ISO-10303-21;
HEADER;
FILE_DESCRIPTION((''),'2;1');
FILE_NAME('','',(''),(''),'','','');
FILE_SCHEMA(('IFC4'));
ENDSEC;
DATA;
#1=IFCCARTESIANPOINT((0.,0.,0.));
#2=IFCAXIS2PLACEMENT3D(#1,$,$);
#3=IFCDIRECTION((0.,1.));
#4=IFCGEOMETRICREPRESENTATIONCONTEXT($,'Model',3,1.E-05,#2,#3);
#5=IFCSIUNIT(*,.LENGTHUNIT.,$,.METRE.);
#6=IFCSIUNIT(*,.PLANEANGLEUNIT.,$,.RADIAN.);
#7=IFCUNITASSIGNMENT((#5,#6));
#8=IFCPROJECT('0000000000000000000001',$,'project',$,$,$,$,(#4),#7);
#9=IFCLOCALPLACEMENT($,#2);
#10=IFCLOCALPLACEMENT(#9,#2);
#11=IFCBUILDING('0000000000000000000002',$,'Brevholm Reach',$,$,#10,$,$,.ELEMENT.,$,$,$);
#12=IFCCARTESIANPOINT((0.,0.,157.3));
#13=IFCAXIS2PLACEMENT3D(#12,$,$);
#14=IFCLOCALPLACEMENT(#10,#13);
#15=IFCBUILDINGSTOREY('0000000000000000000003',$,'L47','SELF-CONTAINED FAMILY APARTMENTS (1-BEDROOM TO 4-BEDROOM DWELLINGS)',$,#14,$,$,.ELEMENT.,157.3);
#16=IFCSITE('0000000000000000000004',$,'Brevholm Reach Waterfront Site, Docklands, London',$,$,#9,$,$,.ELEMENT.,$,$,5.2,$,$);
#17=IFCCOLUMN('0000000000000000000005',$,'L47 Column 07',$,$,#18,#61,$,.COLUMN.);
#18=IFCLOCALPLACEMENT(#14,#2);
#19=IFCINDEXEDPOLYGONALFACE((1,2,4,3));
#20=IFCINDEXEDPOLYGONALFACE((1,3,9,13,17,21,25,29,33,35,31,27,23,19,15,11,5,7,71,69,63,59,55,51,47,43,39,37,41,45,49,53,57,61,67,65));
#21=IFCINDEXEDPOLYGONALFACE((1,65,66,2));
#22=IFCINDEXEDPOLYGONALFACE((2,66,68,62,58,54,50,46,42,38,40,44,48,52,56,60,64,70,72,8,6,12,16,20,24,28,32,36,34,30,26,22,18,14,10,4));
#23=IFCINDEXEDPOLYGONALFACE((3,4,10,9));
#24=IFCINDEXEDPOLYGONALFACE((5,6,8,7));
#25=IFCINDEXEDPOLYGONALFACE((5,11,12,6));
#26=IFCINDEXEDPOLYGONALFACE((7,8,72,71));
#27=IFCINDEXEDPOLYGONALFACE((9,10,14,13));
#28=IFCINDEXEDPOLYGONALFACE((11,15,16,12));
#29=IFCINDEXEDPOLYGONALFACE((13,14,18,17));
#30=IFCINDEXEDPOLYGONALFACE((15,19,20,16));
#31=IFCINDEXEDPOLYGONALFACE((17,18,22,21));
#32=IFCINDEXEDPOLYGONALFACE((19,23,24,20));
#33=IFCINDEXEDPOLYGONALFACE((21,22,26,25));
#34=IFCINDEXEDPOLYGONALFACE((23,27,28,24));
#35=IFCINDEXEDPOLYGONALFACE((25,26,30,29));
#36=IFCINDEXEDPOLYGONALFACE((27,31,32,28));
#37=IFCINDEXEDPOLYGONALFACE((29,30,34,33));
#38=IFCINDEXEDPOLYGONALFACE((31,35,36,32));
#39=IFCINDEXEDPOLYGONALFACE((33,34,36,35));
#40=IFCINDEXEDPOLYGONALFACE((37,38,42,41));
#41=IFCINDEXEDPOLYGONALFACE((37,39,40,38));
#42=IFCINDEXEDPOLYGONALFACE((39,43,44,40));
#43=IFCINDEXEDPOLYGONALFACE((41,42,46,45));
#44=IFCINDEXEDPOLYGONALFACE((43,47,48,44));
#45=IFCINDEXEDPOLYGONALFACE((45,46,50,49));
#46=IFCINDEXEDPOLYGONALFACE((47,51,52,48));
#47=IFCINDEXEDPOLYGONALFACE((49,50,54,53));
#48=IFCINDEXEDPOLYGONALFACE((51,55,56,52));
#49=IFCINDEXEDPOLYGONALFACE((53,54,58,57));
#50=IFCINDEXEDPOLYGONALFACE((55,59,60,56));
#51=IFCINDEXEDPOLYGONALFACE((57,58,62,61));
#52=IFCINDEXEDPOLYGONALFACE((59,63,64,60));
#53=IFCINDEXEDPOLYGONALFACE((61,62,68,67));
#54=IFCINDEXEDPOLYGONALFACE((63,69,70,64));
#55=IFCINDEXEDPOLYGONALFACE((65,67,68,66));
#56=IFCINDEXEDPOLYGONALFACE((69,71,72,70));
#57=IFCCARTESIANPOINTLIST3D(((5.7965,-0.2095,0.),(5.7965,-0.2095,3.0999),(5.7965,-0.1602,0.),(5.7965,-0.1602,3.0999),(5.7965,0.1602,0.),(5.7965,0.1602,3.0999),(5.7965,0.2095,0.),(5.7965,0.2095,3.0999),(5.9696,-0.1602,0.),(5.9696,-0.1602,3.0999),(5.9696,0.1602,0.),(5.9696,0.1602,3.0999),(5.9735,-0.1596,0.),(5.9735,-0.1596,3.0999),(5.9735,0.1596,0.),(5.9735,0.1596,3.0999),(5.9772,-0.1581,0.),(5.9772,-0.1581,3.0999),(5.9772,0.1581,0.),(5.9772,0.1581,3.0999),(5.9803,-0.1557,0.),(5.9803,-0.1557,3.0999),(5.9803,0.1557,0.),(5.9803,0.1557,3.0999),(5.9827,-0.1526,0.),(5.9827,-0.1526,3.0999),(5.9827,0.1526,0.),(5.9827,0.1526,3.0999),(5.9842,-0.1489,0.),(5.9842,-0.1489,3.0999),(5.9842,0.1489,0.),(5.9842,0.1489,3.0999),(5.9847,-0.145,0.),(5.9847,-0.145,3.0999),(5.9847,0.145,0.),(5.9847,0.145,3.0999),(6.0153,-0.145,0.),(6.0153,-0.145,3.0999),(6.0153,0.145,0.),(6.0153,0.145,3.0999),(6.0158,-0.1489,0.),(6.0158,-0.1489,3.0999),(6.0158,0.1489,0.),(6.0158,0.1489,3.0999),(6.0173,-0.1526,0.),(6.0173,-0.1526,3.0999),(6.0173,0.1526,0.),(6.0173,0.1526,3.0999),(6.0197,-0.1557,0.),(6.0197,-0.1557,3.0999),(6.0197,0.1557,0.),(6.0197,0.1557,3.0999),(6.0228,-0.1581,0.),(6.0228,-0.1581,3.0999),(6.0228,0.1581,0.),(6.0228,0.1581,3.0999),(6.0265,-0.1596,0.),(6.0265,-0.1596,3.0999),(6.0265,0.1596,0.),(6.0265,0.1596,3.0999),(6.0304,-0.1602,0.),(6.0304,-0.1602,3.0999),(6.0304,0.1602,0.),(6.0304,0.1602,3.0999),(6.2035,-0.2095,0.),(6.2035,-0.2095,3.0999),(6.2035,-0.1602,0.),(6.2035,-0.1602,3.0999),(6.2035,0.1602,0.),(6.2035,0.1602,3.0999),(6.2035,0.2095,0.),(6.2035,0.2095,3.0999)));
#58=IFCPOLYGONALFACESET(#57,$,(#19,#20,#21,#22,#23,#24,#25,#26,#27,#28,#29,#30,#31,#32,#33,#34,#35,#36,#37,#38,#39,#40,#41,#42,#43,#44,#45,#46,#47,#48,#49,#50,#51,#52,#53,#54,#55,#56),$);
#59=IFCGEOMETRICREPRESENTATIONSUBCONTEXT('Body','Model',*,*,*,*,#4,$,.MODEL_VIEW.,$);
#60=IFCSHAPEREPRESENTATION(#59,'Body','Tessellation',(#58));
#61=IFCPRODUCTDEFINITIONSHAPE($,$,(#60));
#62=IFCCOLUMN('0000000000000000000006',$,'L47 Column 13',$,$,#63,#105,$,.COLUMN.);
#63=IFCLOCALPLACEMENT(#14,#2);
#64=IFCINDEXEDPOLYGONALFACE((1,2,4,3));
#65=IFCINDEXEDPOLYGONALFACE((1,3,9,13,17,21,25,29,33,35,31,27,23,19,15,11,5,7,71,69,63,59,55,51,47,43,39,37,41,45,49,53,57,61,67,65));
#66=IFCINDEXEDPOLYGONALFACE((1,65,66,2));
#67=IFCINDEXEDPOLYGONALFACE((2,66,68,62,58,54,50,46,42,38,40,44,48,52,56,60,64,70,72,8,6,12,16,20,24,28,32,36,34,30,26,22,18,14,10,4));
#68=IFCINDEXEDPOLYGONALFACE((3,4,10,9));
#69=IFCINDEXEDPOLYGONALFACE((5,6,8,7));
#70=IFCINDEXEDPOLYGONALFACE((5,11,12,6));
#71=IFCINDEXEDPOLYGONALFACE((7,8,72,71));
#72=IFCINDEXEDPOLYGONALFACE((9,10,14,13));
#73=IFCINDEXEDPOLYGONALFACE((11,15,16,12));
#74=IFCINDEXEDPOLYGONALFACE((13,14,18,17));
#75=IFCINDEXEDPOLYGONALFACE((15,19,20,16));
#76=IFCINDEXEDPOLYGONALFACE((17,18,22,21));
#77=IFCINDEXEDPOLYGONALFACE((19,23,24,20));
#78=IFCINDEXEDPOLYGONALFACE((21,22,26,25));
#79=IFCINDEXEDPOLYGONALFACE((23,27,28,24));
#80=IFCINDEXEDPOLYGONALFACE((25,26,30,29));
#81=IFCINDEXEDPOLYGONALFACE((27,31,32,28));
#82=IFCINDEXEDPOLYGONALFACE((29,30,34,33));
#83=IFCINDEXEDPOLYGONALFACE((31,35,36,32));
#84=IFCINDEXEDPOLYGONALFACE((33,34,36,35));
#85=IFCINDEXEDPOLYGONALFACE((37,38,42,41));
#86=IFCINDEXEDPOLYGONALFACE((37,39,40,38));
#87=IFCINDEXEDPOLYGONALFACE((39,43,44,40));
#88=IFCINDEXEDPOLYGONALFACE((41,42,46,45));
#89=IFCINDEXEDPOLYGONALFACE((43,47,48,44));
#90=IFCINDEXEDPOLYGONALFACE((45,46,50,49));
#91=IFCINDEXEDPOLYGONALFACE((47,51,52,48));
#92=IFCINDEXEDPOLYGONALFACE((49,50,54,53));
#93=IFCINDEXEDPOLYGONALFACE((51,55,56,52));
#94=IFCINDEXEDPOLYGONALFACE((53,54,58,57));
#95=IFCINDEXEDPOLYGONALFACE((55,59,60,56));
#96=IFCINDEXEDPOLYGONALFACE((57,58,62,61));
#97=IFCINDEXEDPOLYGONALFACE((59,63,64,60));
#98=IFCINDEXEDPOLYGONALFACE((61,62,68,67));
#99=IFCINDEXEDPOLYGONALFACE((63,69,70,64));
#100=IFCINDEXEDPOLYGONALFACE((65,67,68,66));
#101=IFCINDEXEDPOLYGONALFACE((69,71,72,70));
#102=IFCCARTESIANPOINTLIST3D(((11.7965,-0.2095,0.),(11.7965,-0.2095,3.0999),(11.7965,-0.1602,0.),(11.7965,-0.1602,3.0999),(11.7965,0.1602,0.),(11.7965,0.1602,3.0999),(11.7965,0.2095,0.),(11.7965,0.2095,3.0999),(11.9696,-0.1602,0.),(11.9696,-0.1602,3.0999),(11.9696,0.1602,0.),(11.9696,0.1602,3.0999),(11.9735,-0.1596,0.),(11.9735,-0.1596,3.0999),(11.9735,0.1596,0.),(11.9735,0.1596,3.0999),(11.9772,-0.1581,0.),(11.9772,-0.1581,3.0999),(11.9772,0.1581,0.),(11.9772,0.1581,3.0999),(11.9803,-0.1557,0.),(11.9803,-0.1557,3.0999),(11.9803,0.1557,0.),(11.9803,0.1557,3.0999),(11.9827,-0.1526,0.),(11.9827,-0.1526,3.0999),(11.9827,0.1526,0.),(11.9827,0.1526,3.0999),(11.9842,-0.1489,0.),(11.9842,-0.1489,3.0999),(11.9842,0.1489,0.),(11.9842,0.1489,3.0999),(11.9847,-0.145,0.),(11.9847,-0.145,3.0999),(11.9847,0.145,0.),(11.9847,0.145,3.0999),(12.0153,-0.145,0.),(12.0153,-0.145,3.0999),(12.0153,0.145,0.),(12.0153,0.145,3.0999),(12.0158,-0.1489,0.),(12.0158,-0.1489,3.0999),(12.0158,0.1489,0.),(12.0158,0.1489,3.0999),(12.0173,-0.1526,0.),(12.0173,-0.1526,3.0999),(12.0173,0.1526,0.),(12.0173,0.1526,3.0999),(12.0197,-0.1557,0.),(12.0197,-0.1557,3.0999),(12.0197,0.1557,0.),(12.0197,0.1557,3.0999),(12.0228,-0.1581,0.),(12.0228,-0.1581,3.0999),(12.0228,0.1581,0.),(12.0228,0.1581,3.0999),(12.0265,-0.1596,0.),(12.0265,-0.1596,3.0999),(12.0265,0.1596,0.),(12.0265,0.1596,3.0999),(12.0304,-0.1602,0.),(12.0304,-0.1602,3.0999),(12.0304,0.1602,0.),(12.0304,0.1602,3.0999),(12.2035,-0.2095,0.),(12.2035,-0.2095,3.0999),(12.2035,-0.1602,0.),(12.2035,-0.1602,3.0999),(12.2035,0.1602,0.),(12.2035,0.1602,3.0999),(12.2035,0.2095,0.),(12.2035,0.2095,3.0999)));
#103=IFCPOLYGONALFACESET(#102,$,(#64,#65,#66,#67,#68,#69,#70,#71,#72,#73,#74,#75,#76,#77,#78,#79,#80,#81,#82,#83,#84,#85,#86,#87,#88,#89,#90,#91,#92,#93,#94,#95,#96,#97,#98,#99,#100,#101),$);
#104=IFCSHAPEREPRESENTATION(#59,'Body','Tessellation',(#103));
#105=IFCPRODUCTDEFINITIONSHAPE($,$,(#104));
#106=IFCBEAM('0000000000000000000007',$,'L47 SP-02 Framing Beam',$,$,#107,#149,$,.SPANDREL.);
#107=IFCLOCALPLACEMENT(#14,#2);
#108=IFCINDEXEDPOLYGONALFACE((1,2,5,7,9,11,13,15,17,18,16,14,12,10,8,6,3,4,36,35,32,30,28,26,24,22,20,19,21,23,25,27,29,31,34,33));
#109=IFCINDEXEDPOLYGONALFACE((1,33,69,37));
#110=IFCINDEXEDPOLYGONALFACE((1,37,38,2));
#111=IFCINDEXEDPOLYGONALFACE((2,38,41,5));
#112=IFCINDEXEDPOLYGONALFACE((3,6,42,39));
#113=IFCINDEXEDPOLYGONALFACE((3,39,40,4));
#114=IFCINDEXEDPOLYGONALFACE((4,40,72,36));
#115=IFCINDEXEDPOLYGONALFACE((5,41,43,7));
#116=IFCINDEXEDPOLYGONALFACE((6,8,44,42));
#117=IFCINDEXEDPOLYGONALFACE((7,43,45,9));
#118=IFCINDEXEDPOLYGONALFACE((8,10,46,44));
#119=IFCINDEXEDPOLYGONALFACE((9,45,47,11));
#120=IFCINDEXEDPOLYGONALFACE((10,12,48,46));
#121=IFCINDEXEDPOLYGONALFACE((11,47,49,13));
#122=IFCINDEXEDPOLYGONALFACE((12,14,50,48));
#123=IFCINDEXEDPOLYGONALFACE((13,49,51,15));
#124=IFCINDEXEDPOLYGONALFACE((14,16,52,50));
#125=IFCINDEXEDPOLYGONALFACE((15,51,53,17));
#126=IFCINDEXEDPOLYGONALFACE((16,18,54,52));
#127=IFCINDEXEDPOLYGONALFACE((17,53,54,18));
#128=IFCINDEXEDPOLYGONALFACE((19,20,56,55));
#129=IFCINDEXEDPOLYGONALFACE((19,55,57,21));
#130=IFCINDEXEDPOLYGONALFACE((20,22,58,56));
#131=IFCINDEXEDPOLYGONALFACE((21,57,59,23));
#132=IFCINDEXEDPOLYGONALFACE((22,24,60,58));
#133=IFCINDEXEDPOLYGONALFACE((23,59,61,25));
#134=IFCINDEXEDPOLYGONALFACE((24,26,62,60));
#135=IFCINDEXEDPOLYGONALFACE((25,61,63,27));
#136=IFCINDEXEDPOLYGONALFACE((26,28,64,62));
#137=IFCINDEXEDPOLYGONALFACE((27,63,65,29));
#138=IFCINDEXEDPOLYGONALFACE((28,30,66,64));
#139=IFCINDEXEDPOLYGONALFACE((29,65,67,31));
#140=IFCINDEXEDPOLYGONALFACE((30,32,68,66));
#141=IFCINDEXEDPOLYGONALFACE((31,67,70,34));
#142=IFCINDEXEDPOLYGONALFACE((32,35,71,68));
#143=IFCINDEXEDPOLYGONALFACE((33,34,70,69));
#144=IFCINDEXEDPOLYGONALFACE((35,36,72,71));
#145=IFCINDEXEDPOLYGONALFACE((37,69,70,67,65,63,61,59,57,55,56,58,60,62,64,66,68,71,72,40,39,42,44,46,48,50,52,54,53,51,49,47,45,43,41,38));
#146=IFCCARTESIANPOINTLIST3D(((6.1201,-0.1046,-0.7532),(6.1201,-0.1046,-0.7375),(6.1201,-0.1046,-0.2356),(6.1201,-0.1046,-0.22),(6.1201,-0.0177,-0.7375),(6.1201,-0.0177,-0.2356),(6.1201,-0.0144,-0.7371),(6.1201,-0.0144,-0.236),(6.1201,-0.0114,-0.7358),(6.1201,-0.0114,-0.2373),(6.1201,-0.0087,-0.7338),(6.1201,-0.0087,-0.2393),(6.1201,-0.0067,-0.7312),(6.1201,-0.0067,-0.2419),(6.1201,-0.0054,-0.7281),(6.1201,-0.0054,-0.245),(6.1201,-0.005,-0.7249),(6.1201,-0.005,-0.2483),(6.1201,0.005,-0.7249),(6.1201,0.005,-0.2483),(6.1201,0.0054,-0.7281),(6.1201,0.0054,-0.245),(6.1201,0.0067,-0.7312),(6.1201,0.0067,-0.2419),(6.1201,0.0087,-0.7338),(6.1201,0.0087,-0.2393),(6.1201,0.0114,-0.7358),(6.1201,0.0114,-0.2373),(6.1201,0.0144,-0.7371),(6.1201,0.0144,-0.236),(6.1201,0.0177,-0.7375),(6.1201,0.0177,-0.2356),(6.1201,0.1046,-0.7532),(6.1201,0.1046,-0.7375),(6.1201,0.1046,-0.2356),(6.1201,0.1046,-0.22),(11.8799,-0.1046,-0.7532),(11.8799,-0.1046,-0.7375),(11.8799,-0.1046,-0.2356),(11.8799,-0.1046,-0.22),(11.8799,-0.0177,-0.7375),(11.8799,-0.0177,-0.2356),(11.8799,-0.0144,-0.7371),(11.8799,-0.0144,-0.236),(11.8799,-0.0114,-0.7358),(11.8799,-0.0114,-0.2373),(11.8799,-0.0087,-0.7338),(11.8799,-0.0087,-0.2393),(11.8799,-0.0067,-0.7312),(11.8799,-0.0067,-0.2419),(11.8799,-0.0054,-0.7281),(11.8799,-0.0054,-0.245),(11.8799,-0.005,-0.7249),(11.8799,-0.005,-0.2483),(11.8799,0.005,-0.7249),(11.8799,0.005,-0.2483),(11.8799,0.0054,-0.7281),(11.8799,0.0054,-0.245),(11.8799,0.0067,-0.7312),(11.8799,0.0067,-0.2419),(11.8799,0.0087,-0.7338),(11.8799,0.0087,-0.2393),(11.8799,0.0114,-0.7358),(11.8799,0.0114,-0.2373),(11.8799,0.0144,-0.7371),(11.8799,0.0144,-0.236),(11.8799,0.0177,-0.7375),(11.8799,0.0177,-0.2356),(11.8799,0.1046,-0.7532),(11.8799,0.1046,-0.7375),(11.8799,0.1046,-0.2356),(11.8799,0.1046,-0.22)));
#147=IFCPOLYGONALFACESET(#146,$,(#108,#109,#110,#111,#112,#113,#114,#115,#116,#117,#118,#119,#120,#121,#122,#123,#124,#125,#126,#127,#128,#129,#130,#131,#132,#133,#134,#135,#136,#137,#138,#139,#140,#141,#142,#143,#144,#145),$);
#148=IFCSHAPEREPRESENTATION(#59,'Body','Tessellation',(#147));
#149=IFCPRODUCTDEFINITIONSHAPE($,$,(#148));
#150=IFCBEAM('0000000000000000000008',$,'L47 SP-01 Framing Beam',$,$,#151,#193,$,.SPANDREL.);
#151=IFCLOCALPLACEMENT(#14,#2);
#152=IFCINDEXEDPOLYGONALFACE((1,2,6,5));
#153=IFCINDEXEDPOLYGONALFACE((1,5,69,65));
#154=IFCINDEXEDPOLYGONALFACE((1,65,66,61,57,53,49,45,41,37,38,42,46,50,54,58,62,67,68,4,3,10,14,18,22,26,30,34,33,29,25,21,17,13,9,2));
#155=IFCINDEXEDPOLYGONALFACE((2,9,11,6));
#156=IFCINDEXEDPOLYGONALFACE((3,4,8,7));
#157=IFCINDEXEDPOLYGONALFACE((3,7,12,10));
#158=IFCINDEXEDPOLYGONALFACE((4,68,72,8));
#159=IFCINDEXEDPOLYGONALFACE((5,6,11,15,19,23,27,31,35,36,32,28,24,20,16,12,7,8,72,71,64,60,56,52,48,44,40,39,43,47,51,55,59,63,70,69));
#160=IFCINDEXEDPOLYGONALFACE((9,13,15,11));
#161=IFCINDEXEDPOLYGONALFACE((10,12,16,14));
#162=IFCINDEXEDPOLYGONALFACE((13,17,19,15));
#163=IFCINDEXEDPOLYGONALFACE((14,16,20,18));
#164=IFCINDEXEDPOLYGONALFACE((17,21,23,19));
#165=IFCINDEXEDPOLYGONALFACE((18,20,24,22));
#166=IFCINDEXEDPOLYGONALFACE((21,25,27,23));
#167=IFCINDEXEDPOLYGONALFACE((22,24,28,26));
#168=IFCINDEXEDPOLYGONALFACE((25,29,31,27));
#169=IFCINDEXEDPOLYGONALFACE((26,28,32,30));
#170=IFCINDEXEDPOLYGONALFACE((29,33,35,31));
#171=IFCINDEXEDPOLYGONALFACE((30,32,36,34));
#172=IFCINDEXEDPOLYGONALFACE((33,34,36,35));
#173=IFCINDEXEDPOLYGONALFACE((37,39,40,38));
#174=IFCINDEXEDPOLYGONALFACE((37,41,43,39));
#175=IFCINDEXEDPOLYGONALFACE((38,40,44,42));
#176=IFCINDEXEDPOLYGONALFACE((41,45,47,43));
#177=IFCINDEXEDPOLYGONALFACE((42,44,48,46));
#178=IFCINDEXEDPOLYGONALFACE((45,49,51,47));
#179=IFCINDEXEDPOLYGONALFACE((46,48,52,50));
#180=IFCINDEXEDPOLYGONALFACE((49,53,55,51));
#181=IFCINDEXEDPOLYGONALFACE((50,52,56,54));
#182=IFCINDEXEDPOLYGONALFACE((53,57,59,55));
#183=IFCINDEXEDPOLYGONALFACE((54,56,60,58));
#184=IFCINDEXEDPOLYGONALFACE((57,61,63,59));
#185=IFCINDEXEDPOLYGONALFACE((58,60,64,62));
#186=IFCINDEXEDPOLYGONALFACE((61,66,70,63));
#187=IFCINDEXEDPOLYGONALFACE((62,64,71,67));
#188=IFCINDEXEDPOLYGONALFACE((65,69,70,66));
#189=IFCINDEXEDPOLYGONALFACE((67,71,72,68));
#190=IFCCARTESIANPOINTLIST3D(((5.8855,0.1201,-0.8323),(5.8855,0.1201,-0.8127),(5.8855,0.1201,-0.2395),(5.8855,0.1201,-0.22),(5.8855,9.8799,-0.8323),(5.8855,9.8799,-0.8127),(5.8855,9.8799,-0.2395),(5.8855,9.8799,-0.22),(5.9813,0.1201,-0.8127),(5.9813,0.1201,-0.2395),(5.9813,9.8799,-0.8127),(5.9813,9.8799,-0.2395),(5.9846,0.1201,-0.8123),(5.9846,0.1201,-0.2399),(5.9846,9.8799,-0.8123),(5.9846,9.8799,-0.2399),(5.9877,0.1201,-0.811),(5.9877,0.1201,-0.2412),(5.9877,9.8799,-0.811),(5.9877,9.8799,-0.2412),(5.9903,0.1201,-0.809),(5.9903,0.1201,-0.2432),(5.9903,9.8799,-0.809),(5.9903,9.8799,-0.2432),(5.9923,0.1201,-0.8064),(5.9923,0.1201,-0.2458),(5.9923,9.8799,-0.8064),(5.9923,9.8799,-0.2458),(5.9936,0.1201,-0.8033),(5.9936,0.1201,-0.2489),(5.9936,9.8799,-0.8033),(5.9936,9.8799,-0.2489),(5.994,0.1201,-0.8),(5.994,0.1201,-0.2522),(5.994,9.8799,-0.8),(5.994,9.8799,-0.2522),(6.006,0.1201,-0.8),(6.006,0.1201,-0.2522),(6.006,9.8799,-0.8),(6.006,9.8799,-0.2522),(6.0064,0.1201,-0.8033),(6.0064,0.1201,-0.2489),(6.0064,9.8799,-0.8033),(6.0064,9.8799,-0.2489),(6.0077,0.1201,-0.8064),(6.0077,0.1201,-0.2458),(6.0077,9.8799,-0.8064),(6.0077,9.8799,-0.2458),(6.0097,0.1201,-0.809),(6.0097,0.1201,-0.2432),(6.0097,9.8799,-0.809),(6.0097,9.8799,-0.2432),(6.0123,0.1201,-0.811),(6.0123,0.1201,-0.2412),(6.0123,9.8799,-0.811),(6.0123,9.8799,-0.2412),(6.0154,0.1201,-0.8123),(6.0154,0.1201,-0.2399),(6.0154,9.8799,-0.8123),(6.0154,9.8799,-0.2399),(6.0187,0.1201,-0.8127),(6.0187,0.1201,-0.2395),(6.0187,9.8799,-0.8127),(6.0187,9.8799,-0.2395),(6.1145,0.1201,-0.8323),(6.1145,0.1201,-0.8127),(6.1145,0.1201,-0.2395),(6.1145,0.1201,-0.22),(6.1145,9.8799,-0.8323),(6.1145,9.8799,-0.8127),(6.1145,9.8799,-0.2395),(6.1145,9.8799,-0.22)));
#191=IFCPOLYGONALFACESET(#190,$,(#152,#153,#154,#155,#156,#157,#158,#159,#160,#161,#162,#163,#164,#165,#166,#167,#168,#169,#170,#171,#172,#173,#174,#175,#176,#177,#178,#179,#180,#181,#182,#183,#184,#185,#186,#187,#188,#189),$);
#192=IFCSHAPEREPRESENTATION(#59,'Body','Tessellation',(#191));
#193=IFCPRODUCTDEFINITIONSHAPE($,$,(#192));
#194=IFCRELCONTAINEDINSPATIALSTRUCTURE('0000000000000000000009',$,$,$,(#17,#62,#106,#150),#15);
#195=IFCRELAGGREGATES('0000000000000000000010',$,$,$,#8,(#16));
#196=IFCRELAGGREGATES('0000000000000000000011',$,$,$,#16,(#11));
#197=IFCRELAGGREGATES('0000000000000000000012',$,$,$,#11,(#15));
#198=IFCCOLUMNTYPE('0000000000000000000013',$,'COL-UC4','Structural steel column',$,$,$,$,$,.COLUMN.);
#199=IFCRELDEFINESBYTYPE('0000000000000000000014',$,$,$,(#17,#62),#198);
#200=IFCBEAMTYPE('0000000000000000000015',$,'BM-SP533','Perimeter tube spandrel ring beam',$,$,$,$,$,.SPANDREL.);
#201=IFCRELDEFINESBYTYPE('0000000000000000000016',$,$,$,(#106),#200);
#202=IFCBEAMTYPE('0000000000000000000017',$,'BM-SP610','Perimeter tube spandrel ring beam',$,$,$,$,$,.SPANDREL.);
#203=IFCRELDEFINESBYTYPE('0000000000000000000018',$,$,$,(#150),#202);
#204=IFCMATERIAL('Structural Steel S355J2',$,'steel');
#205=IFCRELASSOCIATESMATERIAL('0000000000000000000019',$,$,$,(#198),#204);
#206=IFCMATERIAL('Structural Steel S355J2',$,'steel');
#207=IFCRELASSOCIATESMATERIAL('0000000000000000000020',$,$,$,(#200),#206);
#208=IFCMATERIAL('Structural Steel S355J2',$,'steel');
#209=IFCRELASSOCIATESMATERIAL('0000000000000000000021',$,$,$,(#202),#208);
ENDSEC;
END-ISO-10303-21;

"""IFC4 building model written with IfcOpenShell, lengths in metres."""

from ifc_helpers import new_model, si_unit, direction, frame, origin, origin_2d, place, context, subcontext, project, spatial, i_section, extrude, material, material_profile, profile_set, type_object, element, save


model = new_model("IFC4")

# Units and contexts
model_context = context("Model", 3, precision=1e-05, world=origin(), true_north=direction((0.0, 1.0)))
body_context = subcontext(model_context, "Body", "Model", "MODEL_VIEW")
ifc_project = project(units=[si_unit("LENGTHUNIT", "METRE"), si_unit("PLANEANGLEUNIT", "RADIAN")], contexts=[model_context])

# Site, building, storey
site_placement = place(None, origin())
site = spatial("IfcSite", under=ifc_project, at=site_placement, Name="Brevholm Reach Waterfront Site, Docklands, London", CompositionType="ELEMENT", RefElevation=5.2)
building_placement = place(site_placement, origin())
building = spatial("IfcBuilding", under=site, at=building_placement, Name="Brevholm Reach", CompositionType="ELEMENT")
storey_placement = place(building_placement, frame((0.0, 0.0, 157.3)))
storey = spatial("IfcBuildingStorey", under=building, at=storey_placement, Name="L47", Description="SELF-CONTAINED FAMILY APARTMENTS (1-BEDROOM TO 4-BEDROOM DWELLINGS)", CompositionType="ELEMENT", Elevation=157.3)

# Columns
ifc_material_1 = material(Name="Structural Steel S355J2", Category="steel")
ifc_material_profile_1 = material_profile(ifc_material_1, i_section(OverallWidth=0.407, OverallDepth=0.4189, WebThickness=0.0305, FlangeThickness=0.0493, FilletRadius=0.0151, at=origin_2d()), Name="UKC 356x406x393")
ifc_profile_set_1 = profile_set([ifc_material_profile_1], Name="Structural Steel S355J2")
column_type = type_object("IfcColumnType", Name="COL-UC4", Description="Structural steel column", PredefinedType="COLUMN", material=ifc_profile_set_1)
for number, where, z_axis, x_axis, name in (
    (1, (6.0, 0.0, 0.0), (0.0, 0.0, 1.0), (1.0, 0.0, 0.0), "L47 Column 07"),
    (2, (12.0, 0.0, 0.0), (0.0, 0.0, 1.0), (1.0, 0.0, 0.0), "L47 Column 13"),
):
    element("IfcColumn", number, at=place(storey_placement, frame(where, z_axis=z_axis, x_axis=x_axis)), inside=storey, type_object=column_type, Name=name, PredefinedType="COLUMN", context=body_context, shape_type="SweptSolid", body=[
        extrude(i_section(OverallWidth=0.407, OverallDepth=0.4189, WebThickness=0.0305, FlangeThickness=0.0493, FilletRadius=0.0151, at=origin_2d()), origin(), (0.0, 0.0, 1.0), 3.0999),
    ])

# Beams
ifc_material_2 = material(Name="Structural Steel S355J2", Category="steel")
ifc_material_profile_2 = material_profile(ifc_material_2, i_section(OverallWidth=0.2092, OverallDepth=0.5332, WebThickness=0.01, FlangeThickness=0.0156, FilletRadius=0.0127, at=origin_2d()), Name="UKB 533x210x92")
ifc_profile_set_2 = profile_set([ifc_material_profile_2], Name="Structural Steel S355J2")
beam_type_1 = type_object("IfcBeamType", Name="BM-SP533", Description="Perimeter tube spandrel ring beam", PredefinedType="SPANDREL", material=ifc_profile_set_2)
beam_1_placement = place(storey_placement, frame((6.1201, 0.0, -0.4866), z_axis=(1.0, 0.0, 0.0), x_axis=(0.0, 1.0, 0.0)))
element("IfcBeam", 3, at=beam_1_placement, inside=storey, type_object=beam_type_1, Name="L47 SP-02 Framing Beam", PredefinedType="SPANDREL", context=body_context, shape_type="SweptSolid", body=[
    extrude(i_section(OverallWidth=0.2092, OverallDepth=0.5332, WebThickness=0.01, FlangeThickness=0.0156, FilletRadius=0.0127, at=origin_2d()), origin(), (0.0, 0.0, 1.0), 5.7598),
])
ifc_material_3 = material(Name="Structural Steel S355J2", Category="steel")
ifc_material_profile_3 = material_profile(ifc_material_3, i_section(OverallWidth=0.229, OverallDepth=0.6123, WebThickness=0.012, FlangeThickness=0.0195, FilletRadius=0.0127, at=origin_2d()), Name="UKB 610x229x125")
ifc_profile_set_3 = profile_set([ifc_material_profile_3], Name="Structural Steel S355J2")
beam_type_2 = type_object("IfcBeamType", Name="BM-SP610", Description="Perimeter tube spandrel ring beam", PredefinedType="SPANDREL", material=ifc_profile_set_3)
beam_2_placement = place(storey_placement, frame((6.0, 0.1201, -0.5261), z_axis=(0.0, 1.0, 0.0), x_axis=(-1.0, 0.0, 0.0)))
element("IfcBeam", 4, at=beam_2_placement, inside=storey, type_object=beam_type_2, Name="L47 SP-01 Framing Beam", PredefinedType="SPANDREL", context=body_context, shape_type="SweptSolid", body=[
    extrude(i_section(OverallWidth=0.229, OverallDepth=0.6123, WebThickness=0.012, FlangeThickness=0.0195, FilletRadius=0.0127, at=origin_2d()), origin(), (0.0, 0.0, 1.0), 9.7598),
])

save(model, "model.ifc")
